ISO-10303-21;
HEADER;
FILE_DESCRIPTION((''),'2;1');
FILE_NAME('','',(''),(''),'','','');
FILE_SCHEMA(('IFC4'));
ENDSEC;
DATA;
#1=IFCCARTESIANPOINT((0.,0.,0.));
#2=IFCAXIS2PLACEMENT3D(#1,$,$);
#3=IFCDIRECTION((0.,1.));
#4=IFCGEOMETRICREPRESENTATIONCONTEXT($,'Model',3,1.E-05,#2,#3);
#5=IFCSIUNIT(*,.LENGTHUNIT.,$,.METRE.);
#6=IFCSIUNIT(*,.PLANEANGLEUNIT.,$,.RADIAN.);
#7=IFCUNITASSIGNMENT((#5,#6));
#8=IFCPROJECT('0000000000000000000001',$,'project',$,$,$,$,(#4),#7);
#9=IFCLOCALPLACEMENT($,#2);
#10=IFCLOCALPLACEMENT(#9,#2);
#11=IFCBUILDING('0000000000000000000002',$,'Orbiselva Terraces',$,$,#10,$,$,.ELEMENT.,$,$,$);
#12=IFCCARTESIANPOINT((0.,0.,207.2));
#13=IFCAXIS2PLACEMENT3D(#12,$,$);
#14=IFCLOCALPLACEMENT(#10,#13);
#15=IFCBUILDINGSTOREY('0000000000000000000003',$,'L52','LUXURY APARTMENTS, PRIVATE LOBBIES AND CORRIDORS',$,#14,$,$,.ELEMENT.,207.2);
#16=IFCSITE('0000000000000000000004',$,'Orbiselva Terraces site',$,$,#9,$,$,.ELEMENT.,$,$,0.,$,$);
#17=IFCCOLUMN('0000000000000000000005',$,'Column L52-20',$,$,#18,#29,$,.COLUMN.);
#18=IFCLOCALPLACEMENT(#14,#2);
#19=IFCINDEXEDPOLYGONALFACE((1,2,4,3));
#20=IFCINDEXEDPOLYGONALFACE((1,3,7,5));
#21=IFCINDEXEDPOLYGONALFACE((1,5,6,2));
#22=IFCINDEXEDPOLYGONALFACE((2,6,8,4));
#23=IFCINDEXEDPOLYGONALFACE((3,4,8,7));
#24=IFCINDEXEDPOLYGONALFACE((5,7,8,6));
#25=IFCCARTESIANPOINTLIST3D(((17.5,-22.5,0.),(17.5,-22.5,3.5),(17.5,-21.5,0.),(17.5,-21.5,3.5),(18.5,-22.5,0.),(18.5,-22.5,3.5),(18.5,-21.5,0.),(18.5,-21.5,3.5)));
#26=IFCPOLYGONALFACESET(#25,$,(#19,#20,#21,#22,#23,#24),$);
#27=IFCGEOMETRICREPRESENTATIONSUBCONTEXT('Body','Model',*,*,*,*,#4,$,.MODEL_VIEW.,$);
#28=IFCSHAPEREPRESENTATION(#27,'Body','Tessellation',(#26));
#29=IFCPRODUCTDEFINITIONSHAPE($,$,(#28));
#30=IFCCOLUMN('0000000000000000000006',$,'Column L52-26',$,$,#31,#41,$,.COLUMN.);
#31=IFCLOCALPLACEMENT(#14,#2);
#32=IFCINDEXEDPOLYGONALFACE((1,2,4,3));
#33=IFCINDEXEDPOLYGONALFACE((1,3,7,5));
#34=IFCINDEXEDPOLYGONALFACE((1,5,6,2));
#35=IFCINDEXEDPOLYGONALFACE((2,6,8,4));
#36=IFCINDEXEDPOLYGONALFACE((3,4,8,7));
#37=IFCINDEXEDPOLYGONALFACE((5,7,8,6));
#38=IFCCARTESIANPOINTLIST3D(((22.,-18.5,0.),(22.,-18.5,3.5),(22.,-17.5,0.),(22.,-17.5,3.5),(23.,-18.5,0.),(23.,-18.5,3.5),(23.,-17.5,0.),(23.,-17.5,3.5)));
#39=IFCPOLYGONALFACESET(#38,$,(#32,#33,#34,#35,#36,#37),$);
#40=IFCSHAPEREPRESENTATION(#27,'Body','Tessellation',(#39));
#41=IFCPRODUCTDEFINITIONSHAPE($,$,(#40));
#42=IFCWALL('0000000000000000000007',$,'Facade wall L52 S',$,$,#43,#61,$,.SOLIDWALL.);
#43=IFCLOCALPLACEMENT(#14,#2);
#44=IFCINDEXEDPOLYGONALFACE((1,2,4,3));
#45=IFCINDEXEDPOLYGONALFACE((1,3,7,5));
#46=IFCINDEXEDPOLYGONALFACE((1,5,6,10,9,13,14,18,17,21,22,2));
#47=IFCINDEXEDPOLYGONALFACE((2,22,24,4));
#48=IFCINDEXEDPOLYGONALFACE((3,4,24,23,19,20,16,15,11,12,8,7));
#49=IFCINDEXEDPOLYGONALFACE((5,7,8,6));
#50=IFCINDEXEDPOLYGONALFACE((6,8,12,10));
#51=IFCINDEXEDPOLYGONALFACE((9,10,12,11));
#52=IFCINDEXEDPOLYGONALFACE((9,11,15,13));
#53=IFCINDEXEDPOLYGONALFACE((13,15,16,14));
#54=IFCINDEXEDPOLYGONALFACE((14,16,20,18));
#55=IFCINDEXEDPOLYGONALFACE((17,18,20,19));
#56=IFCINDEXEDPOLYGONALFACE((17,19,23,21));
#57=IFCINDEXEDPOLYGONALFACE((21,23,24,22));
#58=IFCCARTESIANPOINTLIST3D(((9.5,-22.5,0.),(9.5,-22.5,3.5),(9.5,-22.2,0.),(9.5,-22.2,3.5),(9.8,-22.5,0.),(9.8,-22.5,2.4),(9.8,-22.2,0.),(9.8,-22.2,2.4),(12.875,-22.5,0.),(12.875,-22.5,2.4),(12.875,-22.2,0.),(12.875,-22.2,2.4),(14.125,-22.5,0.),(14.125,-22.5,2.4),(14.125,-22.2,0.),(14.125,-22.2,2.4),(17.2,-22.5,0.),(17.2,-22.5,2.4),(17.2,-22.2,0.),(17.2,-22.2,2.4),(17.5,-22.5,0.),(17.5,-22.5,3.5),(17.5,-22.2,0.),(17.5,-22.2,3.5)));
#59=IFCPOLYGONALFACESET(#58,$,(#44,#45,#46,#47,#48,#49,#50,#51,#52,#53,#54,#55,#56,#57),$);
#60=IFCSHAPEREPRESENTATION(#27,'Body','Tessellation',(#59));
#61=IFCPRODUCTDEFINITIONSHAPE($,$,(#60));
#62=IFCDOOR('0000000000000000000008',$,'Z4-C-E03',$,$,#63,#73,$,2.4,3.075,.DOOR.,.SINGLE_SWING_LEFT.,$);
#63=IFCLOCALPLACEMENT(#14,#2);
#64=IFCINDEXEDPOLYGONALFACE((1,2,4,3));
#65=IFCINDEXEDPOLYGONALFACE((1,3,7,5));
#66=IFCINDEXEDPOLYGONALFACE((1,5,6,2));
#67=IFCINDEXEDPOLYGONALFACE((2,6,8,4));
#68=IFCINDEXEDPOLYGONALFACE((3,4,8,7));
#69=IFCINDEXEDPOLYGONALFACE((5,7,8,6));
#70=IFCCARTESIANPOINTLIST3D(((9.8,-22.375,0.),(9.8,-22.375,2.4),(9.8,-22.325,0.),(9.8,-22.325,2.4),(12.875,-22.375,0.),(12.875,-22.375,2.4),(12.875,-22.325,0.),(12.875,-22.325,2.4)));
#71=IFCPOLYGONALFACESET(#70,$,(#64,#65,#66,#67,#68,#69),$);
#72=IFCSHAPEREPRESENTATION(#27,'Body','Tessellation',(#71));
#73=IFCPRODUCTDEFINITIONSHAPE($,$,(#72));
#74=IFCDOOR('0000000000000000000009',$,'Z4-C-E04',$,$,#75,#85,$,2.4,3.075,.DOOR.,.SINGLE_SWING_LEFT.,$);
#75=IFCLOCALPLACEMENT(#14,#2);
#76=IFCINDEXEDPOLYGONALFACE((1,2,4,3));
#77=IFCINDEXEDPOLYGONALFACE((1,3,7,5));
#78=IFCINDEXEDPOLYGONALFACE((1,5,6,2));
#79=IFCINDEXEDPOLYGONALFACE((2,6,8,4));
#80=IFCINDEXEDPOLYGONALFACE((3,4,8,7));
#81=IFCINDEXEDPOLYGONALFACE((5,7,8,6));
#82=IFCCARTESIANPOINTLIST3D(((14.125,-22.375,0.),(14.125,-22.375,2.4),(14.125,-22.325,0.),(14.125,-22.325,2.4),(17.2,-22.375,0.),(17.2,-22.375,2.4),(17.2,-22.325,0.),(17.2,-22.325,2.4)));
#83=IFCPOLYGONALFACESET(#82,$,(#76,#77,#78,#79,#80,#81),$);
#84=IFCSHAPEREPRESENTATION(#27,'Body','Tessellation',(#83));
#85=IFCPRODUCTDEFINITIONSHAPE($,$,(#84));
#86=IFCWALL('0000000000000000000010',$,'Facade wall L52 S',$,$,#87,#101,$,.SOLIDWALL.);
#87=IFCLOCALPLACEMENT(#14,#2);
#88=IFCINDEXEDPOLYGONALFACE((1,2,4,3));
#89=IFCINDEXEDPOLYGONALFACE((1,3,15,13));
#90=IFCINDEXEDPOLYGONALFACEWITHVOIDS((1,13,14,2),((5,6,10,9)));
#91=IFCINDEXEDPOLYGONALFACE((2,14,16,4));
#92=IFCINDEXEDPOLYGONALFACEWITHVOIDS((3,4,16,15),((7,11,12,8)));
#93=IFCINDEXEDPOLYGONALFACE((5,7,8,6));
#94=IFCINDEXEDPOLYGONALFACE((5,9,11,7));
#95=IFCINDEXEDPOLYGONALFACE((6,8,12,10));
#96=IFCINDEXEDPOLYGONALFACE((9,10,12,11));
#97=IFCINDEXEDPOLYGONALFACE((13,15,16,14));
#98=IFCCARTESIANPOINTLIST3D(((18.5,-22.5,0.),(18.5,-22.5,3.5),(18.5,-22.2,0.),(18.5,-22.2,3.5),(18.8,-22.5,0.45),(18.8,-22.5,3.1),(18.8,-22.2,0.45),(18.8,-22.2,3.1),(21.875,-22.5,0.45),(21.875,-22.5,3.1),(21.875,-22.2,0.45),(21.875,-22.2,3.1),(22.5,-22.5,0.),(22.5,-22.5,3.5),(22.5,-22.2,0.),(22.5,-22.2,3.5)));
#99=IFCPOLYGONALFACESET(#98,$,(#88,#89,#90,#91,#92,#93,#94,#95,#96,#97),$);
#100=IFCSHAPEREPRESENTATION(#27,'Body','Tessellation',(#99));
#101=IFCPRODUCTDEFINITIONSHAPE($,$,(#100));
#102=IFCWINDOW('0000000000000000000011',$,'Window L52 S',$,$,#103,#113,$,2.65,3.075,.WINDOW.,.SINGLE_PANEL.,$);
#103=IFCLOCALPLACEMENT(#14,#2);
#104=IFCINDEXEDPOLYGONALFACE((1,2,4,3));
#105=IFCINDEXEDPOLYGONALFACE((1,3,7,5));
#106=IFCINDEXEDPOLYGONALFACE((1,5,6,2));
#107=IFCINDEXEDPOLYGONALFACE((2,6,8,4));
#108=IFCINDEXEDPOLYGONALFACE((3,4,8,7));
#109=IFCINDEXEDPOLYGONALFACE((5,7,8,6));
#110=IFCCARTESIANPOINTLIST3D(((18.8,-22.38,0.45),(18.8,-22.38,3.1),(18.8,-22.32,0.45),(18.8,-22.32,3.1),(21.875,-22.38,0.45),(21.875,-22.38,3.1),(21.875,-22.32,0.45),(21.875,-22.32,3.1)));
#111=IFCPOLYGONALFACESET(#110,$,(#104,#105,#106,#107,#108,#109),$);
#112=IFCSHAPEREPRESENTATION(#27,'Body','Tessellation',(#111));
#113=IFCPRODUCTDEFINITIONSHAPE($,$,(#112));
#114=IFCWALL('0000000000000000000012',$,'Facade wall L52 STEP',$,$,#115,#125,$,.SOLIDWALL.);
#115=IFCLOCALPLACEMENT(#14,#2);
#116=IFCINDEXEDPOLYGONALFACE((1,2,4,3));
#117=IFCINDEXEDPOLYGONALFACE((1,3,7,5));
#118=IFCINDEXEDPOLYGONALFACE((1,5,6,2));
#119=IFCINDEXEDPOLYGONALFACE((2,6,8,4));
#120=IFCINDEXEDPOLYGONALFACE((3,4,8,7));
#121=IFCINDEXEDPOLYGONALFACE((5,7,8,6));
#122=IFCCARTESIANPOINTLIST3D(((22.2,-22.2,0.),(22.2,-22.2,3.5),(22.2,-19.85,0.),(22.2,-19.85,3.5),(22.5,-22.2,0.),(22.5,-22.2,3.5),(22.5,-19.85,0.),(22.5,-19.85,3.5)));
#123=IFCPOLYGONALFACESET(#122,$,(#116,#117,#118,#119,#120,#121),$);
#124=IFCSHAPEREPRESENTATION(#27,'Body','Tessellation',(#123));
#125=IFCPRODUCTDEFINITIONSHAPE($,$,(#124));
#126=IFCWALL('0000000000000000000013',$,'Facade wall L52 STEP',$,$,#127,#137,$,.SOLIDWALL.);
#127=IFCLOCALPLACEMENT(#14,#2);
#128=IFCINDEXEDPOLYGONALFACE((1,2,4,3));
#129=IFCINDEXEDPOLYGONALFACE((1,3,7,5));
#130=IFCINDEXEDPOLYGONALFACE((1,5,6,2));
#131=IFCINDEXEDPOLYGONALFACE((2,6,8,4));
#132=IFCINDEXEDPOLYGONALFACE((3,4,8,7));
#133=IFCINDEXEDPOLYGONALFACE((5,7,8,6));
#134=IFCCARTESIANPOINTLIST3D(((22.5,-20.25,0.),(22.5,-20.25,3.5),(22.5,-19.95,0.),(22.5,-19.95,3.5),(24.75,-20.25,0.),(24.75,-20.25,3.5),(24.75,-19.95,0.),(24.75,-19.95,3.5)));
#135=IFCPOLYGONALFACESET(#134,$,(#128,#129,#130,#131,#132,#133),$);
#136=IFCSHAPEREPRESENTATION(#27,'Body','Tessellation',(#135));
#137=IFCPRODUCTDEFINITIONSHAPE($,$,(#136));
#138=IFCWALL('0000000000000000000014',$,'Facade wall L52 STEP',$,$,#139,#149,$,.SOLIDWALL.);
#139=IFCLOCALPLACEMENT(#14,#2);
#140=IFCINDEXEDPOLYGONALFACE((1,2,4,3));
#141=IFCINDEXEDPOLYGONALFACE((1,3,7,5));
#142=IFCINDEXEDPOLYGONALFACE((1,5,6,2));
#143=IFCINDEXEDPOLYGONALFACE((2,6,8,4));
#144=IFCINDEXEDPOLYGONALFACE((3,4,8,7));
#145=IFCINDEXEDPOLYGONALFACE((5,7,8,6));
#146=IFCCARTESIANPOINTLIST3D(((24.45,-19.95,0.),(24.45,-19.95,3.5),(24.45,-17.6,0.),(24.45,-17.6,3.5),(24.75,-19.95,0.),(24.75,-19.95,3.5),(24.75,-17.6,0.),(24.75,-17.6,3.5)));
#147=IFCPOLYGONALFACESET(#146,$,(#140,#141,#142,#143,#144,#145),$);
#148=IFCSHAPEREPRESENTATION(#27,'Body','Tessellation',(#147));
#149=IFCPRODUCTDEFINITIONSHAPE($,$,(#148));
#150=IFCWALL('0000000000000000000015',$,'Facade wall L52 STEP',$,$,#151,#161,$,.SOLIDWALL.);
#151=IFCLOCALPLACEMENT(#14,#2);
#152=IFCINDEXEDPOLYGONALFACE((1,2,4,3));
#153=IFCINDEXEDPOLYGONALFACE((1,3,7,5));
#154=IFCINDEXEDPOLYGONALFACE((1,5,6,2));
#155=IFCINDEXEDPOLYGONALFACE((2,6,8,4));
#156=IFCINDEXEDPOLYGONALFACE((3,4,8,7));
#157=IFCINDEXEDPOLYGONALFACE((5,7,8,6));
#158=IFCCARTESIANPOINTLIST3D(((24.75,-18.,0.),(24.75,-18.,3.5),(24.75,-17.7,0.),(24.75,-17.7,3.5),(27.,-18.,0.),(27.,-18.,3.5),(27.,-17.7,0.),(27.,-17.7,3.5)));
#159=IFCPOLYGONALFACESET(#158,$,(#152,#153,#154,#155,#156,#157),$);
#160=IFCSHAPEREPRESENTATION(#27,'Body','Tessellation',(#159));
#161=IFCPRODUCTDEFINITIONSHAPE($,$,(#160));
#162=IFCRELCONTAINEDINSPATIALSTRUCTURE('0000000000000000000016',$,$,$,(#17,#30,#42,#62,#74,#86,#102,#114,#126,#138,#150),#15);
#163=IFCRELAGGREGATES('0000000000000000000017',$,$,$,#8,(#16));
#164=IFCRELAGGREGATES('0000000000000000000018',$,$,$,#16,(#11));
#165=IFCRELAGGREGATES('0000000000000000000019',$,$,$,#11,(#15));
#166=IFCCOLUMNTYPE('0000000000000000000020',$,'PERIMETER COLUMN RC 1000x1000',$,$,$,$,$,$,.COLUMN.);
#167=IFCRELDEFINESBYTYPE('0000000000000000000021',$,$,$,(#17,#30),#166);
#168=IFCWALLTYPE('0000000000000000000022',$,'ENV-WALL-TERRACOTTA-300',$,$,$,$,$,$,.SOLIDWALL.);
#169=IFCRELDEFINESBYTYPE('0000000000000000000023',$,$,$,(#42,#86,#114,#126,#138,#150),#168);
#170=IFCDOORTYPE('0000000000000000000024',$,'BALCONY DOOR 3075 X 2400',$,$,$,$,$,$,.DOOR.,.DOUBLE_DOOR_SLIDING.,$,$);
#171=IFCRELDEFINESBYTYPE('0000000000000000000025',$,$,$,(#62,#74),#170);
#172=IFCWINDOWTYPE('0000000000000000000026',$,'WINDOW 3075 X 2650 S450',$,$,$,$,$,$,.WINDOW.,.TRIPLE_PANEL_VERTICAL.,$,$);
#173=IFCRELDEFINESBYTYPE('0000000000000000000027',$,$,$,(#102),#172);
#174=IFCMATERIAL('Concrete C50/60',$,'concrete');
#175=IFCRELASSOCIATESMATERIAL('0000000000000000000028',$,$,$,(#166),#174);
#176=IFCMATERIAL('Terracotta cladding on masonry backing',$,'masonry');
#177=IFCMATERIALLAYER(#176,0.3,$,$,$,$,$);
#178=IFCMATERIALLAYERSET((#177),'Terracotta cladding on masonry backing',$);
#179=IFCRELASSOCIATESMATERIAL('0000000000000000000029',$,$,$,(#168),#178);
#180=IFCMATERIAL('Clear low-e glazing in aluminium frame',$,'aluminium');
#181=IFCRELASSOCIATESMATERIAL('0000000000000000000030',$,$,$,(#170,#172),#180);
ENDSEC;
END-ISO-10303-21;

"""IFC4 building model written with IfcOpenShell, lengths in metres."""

from ifc_helpers import new_model, si_unit, direction, frame, frame_2d, origin, origin_2d, place, context, subcontext, project, spatial, rectangle, extrude, material, layer, layer_set, material_profile, profile_set, type_object, element, fill, save


model = new_model("IFC4")

# Units and contexts
model_context = context("Model", 3, precision=1e-05, world=origin(), true_north=direction((0.0, 1.0)))
body_context = subcontext(model_context, "Body", "Model", "MODEL_VIEW")
ifc_project = project(units=[si_unit("LENGTHUNIT", "METRE"), si_unit("PLANEANGLEUNIT", "RADIAN")], contexts=[model_context])

# Site, building, storey
site_placement = place(None, origin())
site = spatial("IfcSite", under=ifc_project, at=site_placement, Name="Orbiselva Terraces site", CompositionType="ELEMENT", RefElevation=0.0)
building_placement = place(site_placement, origin())
building = spatial("IfcBuilding", under=site, at=building_placement, Name="Orbiselva Terraces", CompositionType="ELEMENT")
storey_placement = place(building_placement, frame((0.0, 0.0, 207.2)))
storey = spatial("IfcBuildingStorey", under=building, at=storey_placement, Name="L52", Description="LUXURY APARTMENTS, PRIVATE LOBBIES AND CORRIDORS", CompositionType="ELEMENT", Elevation=207.2)

# Columns
ifc_material_1 = material(Name="Concrete C50/60", Category="concrete")
ifc_material_profile = material_profile(ifc_material_1, rectangle(XDim=1.0, YDim=1.0, at=origin_2d()), Name="RC 1000x1000")
ifc_profile_set = profile_set([ifc_material_profile], Name="Concrete C50/60")
column_type = type_object("IfcColumnType", Name="PERIMETER COLUMN RC 1000x1000", PredefinedType="COLUMN", material=ifc_profile_set)
for number, where, z_axis, x_axis, name in (
    (1, (18.0, -22.0, 0.0), (0.0, 0.0, 1.0), (1.0, 0.0, 0.0), "Column L52-20"),
    (2, (22.5, -18.0, 0.0), (0.0, 0.0, 1.0), (1.0, 0.0, 0.0), "Column L52-26"),
):
    element("IfcColumn", number, at=place(storey_placement, frame(where, z_axis=z_axis, x_axis=x_axis)), inside=storey, type_object=column_type, Name=name, PredefinedType="COLUMN", context=body_context, shape_type="SweptSolid", body=[
        extrude(rectangle(XDim=1.0, YDim=1.0, at=origin_2d()), origin(), (0.0, 0.0, 1.0), 3.5),
    ])

# Wall, openings, doors
ifc_material_2 = material(Name="Terracotta cladding on masonry backing", Category="masonry")
ifc_layer_1 = layer(ifc_material_2, 0.3)
ifc_layer_set_1 = layer_set([ifc_layer_1], Name="Terracotta cladding on masonry backing")
wall_type_1 = type_object("IfcWallType", Name="ENV-WALL-TERRACOTTA-300", PredefinedType="SOLIDWALL", material=ifc_layer_set_1)
wall_1_placement = place(storey_placement, frame((17.5, -22.35, 0.0), z_axis=(0.0, 0.0, 1.0), x_axis=(-1.0, 0.0, 0.0)))
wall_1 = element("IfcWall", 3, at=wall_1_placement, inside=storey, type_object=wall_type_1, Name="Facade wall L52 S", PredefinedType="SOLIDWALL", context=body_context, shape_type="SweptSolid", body=[
    extrude(rectangle(XDim=8.0, YDim=0.3, at=frame_2d((4.0, 0.0))), origin(), (0.0, 0.0, 1.0), 3.5),
])
opening_1_placement = place(wall_1_placement, frame((4.625, 0.0, 0.0)))
opening_1 = element("IfcOpeningElement", 4, at=opening_1_placement, cuts=wall_1, PredefinedType="OPENING", context=body_context, shape_type="SweptSolid", body=[
    extrude(rectangle(XDim=3.075, YDim=2.4, at=frame_2d((1.5375, 1.2))), frame((0.0, 0.16, 0.0), z_axis=(0.0, -1.0, 0.0), x_axis=(1.0, 0.0, 0.0)), (0.0, 0.0, 1.0), 0.32),
])
opening_2_placement = place(wall_1_placement, frame((0.3, 0.0, 0.0)))
opening_2 = element("IfcOpeningElement", 5, at=opening_2_placement, cuts=wall_1, PredefinedType="OPENING", context=body_context, shape_type="SweptSolid", body=[
    extrude(rectangle(XDim=3.075, YDim=2.4, at=frame_2d((1.5375, 1.2))), frame((0.0, 0.16, 0.0), z_axis=(0.0, -1.0, 0.0), x_axis=(1.0, 0.0, 0.0)), (0.0, 0.0, 1.0), 0.32),
])
ifc_material_3 = material(Name="Clear low-e glazing in aluminium frame", Category="aluminium")
door_type_1 = type_object("IfcDoorType", Name="BALCONY DOOR 3075 X 2400", OperationType="DOUBLE_DOOR_SLIDING", PredefinedType="DOOR", material=ifc_material_3)
door_1_placement = place(opening_1_placement, origin())
door_1 = element("IfcDoor", 6, at=door_1_placement, inside=storey, type_object=door_type_1, Name="Z4-C-E03", OperationType="SINGLE_SWING_LEFT", OverallHeight=2.4, OverallWidth=3.075, PredefinedType="DOOR", context=body_context, shape_type="SweptSolid", body=[
    extrude(rectangle(XDim=3.075, YDim=2.4, at=frame_2d((1.5375, 1.2))), frame((0.0, 0.025, 0.0), z_axis=(0.0, -1.0, 0.0), x_axis=(1.0, 0.0, 0.0)), (0.0, 0.0, 1.0), 0.05),
])
fill(opening_1, door_1)
door_2_placement = place(opening_2_placement, origin())
door_2 = element("IfcDoor", 7, at=door_2_placement, inside=storey, type_object=door_type_1, Name="Z4-C-E04", OperationType="SINGLE_SWING_LEFT", OverallHeight=2.4, OverallWidth=3.075, PredefinedType="DOOR", context=body_context, shape_type="SweptSolid", body=[
    extrude(rectangle(XDim=3.075, YDim=2.4, at=frame_2d((1.5375, 1.2))), frame((0.0, 0.025, 0.0), z_axis=(0.0, -1.0, 0.0), x_axis=(1.0, 0.0, 0.0)), (0.0, 0.0, 1.0), 0.05),
])
fill(opening_2, door_2)

# Wall, opening, window
wall_2_placement = place(storey_placement, frame((22.5, -22.35, 0.0), z_axis=(0.0, 0.0, 1.0), x_axis=(-1.0, 0.0, 0.0)))
wall_2 = element("IfcWall", 8, at=wall_2_placement, inside=storey, type_object=wall_type_1, Name="Facade wall L52 S", PredefinedType="SOLIDWALL", context=body_context, shape_type="SweptSolid", body=[
    extrude(rectangle(XDim=4.0, YDim=0.3, at=frame_2d((2.0, 0.0))), origin(), (0.0, 0.0, 1.0), 3.5),
])
opening_3_placement = place(wall_2_placement, frame((0.625, 0.0, 0.45)))
opening_3 = element("IfcOpeningElement", 9, at=opening_3_placement, cuts=wall_2, PredefinedType="OPENING", context=body_context, shape_type="SweptSolid", body=[
    extrude(rectangle(XDim=3.075, YDim=2.65, at=frame_2d((1.5375, 1.325))), frame((0.0, 0.16, 0.0), z_axis=(0.0, -1.0, 0.0), x_axis=(1.0, 0.0, 0.0)), (0.0, 0.0, 1.0), 0.32),
])
window_type = type_object("IfcWindowType", Name="WINDOW 3075 X 2650 S450", PartitioningType="TRIPLE_PANEL_VERTICAL", PredefinedType="WINDOW", material=ifc_material_3)
window_placement = place(opening_3_placement, origin())
window = element("IfcWindow", 10, at=window_placement, inside=storey, type_object=window_type, Name="Window L52 S", OverallHeight=2.65, OverallWidth=3.075, PartitioningType="SINGLE_PANEL", PredefinedType="WINDOW", context=body_context, shape_type="SweptSolid", body=[
    extrude(rectangle(XDim=3.075, YDim=2.65, at=frame_2d((1.5375, 1.325))), frame((0.0, 0.03, 0.0), z_axis=(0.0, -1.0, 0.0), x_axis=(1.0, 0.0, 0.0)), (0.0, 0.0, 1.0), 0.06),
])
fill(opening_3, window)

# Walls
wall_3_placement = place(storey_placement, frame((22.35, -19.85, 0.0), z_axis=(0.0, 0.0, 1.0), x_axis=(0.0, -1.0, 0.0)))
element("IfcWall", 11, at=wall_3_placement, inside=storey, type_object=wall_type_1, Name="Facade wall L52 STEP", PredefinedType="SOLIDWALL", context=body_context, shape_type="SweptSolid", body=[
    extrude(rectangle(XDim=2.35, YDim=0.3, at=frame_2d((1.175, 0.0))), origin(), (0.0, 0.0, 1.0), 3.5),
])
wall_4_placement = place(storey_placement, frame((24.75, -20.1, 0.0), z_axis=(0.0, 0.0, 1.0), x_axis=(-1.0, 0.0, 0.0)))
element("IfcWall", 12, at=wall_4_placement, inside=storey, type_object=wall_type_1, Name="Facade wall L52 STEP", PredefinedType="SOLIDWALL", context=body_context, shape_type="SweptSolid", body=[
    extrude(rectangle(XDim=2.25, YDim=0.3, at=frame_2d((1.125, 0.0))), origin(), (0.0, 0.0, 1.0), 3.5),
])
wall_5_placement = place(storey_placement, frame((24.6, -17.6, 0.0), z_axis=(0.0, 0.0, 1.0), x_axis=(0.0, -1.0, 0.0)))
element("IfcWall", 13, at=wall_5_placement, inside=storey, type_object=wall_type_1, Name="Facade wall L52 STEP", PredefinedType="SOLIDWALL", context=body_context, shape_type="SweptSolid", body=[
    extrude(rectangle(XDim=2.35, YDim=0.3, at=frame_2d((1.175, 0.0))), origin(), (0.0, 0.0, 1.0), 3.5),
])
wall_6_placement = place(storey_placement, frame((27.0, -17.85, 0.0), z_axis=(0.0, 0.0, 1.0), x_axis=(-1.0, 0.0, 0.0)))
element("IfcWall", 14, at=wall_6_placement, inside=storey, type_object=wall_type_1, Name="Facade wall L52 STEP", PredefinedType="SOLIDWALL", context=body_context, shape_type="SweptSolid", body=[
    extrude(rectangle(XDim=2.25, YDim=0.3, at=frame_2d((1.125, 0.0))), origin(), (0.0, 0.0, 1.0), 3.5),
])

save(model, "model.ifc")
